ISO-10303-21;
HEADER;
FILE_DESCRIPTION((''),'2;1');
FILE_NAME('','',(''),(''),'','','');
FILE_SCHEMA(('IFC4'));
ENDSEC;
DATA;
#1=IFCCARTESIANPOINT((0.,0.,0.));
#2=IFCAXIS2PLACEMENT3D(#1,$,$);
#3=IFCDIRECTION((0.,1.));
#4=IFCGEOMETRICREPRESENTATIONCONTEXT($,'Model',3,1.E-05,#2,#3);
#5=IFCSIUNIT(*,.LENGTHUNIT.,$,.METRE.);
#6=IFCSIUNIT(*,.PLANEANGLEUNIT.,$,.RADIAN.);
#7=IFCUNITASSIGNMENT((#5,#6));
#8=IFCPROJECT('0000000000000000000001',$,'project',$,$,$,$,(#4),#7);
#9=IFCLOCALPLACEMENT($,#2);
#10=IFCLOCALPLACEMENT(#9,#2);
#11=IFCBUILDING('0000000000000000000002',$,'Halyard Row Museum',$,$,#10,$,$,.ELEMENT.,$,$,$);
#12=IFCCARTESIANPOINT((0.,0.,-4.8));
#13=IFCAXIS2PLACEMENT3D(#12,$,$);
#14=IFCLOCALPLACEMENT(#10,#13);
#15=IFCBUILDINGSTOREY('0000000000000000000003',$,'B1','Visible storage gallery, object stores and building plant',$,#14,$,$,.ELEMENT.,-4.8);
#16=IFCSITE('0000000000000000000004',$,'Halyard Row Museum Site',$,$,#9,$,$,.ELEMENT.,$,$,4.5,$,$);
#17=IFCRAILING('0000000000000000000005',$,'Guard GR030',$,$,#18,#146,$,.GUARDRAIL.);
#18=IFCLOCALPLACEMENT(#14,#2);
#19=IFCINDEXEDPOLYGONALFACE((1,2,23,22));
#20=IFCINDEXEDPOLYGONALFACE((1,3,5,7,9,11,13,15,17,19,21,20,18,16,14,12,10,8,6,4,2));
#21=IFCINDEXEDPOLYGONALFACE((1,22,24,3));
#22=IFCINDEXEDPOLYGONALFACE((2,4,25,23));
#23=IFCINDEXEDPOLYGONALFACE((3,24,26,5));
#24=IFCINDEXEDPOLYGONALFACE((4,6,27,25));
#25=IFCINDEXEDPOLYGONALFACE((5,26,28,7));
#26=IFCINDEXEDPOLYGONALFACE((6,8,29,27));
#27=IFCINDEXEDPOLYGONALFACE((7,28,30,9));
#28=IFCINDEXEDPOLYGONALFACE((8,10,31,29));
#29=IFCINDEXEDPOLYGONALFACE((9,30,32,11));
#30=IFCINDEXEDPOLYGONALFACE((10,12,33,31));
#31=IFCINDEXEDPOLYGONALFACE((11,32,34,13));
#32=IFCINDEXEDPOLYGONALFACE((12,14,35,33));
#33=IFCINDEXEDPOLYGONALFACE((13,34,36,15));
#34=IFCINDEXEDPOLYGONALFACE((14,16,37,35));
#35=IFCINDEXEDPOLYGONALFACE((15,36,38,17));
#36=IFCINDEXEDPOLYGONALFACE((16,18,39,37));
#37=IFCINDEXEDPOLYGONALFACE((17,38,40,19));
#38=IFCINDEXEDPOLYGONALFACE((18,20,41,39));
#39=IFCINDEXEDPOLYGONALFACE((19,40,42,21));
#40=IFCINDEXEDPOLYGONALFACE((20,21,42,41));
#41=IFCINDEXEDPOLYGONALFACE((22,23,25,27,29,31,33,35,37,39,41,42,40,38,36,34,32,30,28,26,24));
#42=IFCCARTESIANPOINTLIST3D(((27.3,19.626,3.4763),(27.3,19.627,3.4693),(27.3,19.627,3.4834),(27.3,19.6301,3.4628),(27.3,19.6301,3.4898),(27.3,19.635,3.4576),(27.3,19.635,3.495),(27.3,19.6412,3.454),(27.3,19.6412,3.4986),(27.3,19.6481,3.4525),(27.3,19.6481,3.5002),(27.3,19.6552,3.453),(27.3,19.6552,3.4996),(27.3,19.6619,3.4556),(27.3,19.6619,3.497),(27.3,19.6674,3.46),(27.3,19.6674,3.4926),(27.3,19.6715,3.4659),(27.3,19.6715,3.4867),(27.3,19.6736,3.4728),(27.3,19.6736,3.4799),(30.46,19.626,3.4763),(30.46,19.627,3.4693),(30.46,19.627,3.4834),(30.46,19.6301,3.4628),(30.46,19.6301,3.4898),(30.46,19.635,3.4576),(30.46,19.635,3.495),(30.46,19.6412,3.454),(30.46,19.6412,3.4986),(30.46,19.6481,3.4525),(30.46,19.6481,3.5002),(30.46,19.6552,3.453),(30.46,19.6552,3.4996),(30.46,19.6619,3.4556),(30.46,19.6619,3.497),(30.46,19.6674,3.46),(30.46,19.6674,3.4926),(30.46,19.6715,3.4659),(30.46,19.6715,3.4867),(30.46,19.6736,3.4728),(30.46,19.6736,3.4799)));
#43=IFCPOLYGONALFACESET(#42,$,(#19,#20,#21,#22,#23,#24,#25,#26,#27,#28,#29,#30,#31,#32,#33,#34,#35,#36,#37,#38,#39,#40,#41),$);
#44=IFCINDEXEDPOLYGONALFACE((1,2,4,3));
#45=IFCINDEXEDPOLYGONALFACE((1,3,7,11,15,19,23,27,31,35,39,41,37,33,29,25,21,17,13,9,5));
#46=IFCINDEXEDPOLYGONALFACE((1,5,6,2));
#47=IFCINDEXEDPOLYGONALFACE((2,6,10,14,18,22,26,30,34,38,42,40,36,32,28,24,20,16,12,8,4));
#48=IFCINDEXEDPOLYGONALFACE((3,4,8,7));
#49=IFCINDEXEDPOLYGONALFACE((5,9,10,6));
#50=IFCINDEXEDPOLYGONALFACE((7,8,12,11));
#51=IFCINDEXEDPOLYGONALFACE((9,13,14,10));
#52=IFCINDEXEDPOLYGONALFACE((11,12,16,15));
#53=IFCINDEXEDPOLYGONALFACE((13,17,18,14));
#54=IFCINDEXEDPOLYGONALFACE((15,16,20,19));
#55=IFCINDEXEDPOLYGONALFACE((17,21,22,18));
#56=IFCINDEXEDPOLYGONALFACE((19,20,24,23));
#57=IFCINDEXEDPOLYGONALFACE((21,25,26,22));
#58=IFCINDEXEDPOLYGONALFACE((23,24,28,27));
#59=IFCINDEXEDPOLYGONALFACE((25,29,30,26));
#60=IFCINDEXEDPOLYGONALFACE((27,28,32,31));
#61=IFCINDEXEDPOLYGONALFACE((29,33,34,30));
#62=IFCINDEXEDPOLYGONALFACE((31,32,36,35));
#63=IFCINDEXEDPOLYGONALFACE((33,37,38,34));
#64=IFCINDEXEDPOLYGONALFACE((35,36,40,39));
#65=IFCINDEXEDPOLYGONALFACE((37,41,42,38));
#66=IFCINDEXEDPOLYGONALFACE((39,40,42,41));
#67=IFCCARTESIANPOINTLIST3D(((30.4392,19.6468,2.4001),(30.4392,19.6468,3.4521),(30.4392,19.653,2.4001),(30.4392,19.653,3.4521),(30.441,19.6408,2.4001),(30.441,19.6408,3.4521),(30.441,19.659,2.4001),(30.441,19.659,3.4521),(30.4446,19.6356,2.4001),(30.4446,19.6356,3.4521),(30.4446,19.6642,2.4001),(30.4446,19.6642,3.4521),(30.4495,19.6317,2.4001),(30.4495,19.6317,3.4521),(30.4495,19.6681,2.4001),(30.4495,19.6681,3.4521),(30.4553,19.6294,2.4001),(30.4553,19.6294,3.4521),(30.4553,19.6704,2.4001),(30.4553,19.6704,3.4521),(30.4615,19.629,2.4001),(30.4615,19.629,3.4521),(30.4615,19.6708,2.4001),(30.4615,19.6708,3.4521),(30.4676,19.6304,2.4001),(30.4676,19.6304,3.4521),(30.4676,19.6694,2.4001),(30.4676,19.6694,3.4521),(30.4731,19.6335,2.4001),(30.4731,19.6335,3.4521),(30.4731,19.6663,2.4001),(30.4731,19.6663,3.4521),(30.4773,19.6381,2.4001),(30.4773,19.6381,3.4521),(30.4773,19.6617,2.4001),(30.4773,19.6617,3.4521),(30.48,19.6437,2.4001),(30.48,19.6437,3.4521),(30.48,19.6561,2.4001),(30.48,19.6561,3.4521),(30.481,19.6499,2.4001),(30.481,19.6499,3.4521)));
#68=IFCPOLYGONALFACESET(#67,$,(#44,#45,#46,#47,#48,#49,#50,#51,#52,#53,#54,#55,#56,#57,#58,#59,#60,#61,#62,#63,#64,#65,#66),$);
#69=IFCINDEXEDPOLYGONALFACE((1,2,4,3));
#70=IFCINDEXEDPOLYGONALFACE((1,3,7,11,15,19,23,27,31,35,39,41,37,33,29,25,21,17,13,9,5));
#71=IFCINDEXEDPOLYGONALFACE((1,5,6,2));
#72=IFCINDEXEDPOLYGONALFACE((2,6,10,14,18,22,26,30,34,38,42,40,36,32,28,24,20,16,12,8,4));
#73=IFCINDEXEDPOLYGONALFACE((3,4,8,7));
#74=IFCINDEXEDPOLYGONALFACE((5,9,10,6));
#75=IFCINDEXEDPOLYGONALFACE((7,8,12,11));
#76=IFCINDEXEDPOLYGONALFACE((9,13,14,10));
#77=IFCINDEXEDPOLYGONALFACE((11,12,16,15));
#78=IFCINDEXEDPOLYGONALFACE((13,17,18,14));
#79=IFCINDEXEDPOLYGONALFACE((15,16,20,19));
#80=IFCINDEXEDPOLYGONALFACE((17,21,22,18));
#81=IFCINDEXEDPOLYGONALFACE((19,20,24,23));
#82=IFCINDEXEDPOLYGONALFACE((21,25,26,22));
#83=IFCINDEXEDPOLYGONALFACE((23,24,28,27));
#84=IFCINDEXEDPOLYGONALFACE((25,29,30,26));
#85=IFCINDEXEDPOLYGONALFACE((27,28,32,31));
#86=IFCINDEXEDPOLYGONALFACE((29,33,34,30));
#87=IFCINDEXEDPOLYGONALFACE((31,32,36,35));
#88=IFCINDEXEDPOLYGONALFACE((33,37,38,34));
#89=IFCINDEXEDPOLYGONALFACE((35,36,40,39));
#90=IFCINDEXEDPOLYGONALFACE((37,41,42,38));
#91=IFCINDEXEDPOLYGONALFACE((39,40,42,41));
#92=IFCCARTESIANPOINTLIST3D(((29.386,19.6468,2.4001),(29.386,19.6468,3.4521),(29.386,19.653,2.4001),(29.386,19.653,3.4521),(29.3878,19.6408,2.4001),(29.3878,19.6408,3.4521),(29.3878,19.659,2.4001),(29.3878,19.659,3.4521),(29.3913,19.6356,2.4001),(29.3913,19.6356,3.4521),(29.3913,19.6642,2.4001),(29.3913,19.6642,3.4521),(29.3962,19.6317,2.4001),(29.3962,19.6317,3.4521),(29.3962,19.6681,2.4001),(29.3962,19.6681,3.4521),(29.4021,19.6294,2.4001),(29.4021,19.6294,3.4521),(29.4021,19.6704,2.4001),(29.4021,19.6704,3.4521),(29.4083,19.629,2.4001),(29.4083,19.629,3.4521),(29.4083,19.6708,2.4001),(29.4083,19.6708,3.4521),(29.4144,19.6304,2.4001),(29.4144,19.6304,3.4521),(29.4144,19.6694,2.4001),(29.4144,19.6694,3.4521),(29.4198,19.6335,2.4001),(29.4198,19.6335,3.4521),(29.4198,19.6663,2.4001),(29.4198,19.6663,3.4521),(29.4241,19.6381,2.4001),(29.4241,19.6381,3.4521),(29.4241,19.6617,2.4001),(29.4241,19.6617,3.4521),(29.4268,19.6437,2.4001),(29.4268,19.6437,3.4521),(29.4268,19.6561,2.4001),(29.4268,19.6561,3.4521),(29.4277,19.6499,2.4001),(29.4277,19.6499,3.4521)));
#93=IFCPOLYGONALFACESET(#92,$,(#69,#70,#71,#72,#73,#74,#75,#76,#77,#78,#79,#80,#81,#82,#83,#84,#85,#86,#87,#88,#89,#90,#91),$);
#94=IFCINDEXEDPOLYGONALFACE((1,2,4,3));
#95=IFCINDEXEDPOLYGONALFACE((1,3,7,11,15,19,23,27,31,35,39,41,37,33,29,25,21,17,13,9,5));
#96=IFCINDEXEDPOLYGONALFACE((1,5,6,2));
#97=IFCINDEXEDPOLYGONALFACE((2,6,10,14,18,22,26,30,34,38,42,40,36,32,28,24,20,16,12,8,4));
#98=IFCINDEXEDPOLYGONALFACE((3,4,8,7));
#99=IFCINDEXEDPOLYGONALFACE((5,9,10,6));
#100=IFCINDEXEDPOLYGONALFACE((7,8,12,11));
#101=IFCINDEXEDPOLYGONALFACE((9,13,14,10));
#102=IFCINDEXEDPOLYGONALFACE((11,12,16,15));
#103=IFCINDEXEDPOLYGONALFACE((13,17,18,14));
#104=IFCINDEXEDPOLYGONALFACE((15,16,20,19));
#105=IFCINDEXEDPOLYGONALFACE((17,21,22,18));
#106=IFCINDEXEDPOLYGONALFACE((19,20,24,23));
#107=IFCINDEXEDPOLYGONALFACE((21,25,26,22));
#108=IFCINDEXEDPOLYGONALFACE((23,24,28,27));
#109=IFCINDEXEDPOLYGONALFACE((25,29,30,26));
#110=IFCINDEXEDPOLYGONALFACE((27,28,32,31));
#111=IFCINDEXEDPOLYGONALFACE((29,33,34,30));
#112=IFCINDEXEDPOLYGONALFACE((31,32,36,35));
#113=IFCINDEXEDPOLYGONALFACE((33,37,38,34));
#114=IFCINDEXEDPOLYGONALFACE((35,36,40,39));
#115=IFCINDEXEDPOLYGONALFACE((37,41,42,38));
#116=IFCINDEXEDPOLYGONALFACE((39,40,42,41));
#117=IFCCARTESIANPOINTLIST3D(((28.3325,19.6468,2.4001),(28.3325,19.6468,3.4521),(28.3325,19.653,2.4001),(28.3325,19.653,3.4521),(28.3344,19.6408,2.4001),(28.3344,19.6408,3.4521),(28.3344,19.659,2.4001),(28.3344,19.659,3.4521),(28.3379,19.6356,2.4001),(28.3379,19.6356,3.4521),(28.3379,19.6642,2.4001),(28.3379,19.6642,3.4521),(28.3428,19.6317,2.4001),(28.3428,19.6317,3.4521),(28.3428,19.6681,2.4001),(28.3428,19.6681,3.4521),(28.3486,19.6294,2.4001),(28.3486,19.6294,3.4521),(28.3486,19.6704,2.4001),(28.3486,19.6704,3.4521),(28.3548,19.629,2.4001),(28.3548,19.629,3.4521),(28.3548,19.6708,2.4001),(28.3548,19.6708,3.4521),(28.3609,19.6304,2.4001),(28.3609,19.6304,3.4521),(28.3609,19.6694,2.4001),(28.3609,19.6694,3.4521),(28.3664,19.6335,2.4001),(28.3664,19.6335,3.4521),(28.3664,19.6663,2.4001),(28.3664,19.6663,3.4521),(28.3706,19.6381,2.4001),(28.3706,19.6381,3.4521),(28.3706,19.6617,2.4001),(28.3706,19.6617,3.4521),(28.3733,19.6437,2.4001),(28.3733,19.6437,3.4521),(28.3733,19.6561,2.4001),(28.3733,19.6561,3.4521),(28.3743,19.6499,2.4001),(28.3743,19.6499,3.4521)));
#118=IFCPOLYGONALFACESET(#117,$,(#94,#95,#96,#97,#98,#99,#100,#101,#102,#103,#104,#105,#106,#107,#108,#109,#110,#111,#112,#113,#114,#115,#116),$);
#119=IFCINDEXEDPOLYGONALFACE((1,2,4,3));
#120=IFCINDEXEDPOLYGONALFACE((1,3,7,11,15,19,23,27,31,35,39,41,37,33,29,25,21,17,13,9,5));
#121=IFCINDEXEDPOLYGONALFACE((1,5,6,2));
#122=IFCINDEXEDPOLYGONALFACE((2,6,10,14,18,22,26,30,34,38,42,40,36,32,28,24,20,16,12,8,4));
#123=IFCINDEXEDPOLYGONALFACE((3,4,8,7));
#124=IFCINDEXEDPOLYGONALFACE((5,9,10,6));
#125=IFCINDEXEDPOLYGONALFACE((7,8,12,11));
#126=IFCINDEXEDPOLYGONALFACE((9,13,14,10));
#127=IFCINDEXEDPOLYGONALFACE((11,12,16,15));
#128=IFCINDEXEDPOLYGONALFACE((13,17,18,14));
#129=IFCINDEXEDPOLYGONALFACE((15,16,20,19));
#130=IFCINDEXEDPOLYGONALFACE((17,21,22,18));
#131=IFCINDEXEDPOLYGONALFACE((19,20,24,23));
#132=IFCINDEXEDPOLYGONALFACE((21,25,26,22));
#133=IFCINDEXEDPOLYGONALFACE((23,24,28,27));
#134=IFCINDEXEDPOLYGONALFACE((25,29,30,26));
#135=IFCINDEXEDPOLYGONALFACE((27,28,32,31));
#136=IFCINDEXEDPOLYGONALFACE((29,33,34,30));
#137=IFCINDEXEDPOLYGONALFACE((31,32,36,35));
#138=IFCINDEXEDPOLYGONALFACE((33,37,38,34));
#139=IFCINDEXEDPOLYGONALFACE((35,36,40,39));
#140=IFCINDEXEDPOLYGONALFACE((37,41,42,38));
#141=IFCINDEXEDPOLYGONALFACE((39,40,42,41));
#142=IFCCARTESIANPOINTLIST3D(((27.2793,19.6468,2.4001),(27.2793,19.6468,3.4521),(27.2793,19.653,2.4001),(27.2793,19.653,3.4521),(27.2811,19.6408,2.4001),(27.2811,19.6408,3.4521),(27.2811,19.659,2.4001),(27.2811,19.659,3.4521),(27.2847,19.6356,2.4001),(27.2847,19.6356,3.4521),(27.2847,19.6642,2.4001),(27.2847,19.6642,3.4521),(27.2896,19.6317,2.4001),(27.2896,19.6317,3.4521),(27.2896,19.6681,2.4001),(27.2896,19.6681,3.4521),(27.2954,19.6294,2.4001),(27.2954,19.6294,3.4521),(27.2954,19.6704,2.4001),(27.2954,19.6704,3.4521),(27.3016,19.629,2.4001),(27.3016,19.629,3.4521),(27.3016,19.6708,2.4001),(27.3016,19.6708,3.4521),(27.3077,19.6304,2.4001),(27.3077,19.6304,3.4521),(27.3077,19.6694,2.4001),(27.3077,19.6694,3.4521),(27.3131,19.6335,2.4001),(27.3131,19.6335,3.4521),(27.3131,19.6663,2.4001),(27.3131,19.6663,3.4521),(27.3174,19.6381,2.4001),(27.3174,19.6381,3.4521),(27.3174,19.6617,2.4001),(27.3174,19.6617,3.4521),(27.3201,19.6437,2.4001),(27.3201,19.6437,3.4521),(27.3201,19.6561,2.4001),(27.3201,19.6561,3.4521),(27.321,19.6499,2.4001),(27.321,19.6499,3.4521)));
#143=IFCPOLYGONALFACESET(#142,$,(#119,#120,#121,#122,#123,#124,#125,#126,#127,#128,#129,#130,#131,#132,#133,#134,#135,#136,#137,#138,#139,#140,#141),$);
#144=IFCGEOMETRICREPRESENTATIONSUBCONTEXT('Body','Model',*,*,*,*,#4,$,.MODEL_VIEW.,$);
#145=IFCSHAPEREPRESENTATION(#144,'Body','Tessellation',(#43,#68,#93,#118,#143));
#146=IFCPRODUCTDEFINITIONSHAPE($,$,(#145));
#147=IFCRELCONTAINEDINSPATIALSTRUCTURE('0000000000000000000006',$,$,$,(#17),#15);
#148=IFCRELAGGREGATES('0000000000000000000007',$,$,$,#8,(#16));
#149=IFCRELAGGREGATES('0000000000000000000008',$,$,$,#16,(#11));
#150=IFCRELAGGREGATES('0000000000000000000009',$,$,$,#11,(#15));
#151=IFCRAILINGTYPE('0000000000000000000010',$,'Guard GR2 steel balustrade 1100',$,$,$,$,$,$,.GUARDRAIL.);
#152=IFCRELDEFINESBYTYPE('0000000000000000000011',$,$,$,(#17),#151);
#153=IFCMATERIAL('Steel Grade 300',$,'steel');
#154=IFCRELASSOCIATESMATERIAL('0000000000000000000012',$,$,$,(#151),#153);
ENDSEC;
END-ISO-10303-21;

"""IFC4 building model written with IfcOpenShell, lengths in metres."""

from ifc_helpers import new_model, si_unit, direction, frame, origin, origin_2d, place, context, subcontext, project, spatial, circle, extrude, material, type_object, element, save


model = new_model("IFC4")

# Units and contexts
model_context = context("Model", 3, precision=1e-05, world=origin(), true_north=direction((0.0, 1.0)))
body_context = subcontext(model_context, "Body", "Model", "MODEL_VIEW")
ifc_project = project(units=[si_unit("LENGTHUNIT", "METRE"), si_unit("PLANEANGLEUNIT", "RADIAN")], contexts=[model_context])

# Site, building, storey
site_placement = place(None, origin())
site = spatial("IfcSite", under=ifc_project, at=site_placement, Name="Halyard Row Museum Site", CompositionType="ELEMENT", RefElevation=4.5)
building_placement = place(site_placement, origin())
building = spatial("IfcBuilding", under=site, at=building_placement, Name="Halyard Row Museum", CompositionType="ELEMENT")
storey_placement = place(building_placement, frame((0.0, 0.0, -4.8)))
storey = spatial("IfcBuildingStorey", under=building, at=storey_placement, Name="B1", Description="Visible storage gallery, object stores and building plant", CompositionType="ELEMENT", Elevation=-4.8)

# Railing
ifc_material_1 = material(Name="Steel Grade 300", Category="steel")
railing_type_1 = type_object("IfcRailingType", Name="Guard GR2 steel balustrade 1100", PredefinedType="GUARDRAIL", material=ifc_material_1)
railing_1_placement = place(storey_placement, frame((30.46, 19.6499, 2.4001)))
element("IfcRailing", 1, at=railing_1_placement, inside=storey, type_object=railing_type_1, Name="Guard GR030", PredefinedType="GUARDRAIL", context=body_context, shape_type="SweptSolid", body=[
    extrude(circle(Radius=0.0239, at=origin_2d()), frame((0.0, 0.0, 1.0762), z_axis=(-1.0, 0.0, 0.0), x_axis=(0.0, -1.0, 0.0)), (0.0, 0.0, 1.0), 3.1599),
    extrude(circle(Radius=0.021, at=origin_2d()), origin(), (0.0, 0.0, 1.0), 1.052),
    extrude(circle(Radius=0.021, at=origin_2d()), frame((-1.0532, 0.0, 0.0)), (0.0, 0.0, 1.0), 1.052),
    extrude(circle(Radius=0.021, at=origin_2d()), frame((-2.1067, 0.0, 0.0)), (0.0, 0.0, 1.0), 1.052),
    extrude(circle(Radius=0.021, at=origin_2d()), frame((-3.1599, 0.0, 0.0)), (0.0, 0.0, 1.0), 1.052),
])

save(model, "model.ifc")
